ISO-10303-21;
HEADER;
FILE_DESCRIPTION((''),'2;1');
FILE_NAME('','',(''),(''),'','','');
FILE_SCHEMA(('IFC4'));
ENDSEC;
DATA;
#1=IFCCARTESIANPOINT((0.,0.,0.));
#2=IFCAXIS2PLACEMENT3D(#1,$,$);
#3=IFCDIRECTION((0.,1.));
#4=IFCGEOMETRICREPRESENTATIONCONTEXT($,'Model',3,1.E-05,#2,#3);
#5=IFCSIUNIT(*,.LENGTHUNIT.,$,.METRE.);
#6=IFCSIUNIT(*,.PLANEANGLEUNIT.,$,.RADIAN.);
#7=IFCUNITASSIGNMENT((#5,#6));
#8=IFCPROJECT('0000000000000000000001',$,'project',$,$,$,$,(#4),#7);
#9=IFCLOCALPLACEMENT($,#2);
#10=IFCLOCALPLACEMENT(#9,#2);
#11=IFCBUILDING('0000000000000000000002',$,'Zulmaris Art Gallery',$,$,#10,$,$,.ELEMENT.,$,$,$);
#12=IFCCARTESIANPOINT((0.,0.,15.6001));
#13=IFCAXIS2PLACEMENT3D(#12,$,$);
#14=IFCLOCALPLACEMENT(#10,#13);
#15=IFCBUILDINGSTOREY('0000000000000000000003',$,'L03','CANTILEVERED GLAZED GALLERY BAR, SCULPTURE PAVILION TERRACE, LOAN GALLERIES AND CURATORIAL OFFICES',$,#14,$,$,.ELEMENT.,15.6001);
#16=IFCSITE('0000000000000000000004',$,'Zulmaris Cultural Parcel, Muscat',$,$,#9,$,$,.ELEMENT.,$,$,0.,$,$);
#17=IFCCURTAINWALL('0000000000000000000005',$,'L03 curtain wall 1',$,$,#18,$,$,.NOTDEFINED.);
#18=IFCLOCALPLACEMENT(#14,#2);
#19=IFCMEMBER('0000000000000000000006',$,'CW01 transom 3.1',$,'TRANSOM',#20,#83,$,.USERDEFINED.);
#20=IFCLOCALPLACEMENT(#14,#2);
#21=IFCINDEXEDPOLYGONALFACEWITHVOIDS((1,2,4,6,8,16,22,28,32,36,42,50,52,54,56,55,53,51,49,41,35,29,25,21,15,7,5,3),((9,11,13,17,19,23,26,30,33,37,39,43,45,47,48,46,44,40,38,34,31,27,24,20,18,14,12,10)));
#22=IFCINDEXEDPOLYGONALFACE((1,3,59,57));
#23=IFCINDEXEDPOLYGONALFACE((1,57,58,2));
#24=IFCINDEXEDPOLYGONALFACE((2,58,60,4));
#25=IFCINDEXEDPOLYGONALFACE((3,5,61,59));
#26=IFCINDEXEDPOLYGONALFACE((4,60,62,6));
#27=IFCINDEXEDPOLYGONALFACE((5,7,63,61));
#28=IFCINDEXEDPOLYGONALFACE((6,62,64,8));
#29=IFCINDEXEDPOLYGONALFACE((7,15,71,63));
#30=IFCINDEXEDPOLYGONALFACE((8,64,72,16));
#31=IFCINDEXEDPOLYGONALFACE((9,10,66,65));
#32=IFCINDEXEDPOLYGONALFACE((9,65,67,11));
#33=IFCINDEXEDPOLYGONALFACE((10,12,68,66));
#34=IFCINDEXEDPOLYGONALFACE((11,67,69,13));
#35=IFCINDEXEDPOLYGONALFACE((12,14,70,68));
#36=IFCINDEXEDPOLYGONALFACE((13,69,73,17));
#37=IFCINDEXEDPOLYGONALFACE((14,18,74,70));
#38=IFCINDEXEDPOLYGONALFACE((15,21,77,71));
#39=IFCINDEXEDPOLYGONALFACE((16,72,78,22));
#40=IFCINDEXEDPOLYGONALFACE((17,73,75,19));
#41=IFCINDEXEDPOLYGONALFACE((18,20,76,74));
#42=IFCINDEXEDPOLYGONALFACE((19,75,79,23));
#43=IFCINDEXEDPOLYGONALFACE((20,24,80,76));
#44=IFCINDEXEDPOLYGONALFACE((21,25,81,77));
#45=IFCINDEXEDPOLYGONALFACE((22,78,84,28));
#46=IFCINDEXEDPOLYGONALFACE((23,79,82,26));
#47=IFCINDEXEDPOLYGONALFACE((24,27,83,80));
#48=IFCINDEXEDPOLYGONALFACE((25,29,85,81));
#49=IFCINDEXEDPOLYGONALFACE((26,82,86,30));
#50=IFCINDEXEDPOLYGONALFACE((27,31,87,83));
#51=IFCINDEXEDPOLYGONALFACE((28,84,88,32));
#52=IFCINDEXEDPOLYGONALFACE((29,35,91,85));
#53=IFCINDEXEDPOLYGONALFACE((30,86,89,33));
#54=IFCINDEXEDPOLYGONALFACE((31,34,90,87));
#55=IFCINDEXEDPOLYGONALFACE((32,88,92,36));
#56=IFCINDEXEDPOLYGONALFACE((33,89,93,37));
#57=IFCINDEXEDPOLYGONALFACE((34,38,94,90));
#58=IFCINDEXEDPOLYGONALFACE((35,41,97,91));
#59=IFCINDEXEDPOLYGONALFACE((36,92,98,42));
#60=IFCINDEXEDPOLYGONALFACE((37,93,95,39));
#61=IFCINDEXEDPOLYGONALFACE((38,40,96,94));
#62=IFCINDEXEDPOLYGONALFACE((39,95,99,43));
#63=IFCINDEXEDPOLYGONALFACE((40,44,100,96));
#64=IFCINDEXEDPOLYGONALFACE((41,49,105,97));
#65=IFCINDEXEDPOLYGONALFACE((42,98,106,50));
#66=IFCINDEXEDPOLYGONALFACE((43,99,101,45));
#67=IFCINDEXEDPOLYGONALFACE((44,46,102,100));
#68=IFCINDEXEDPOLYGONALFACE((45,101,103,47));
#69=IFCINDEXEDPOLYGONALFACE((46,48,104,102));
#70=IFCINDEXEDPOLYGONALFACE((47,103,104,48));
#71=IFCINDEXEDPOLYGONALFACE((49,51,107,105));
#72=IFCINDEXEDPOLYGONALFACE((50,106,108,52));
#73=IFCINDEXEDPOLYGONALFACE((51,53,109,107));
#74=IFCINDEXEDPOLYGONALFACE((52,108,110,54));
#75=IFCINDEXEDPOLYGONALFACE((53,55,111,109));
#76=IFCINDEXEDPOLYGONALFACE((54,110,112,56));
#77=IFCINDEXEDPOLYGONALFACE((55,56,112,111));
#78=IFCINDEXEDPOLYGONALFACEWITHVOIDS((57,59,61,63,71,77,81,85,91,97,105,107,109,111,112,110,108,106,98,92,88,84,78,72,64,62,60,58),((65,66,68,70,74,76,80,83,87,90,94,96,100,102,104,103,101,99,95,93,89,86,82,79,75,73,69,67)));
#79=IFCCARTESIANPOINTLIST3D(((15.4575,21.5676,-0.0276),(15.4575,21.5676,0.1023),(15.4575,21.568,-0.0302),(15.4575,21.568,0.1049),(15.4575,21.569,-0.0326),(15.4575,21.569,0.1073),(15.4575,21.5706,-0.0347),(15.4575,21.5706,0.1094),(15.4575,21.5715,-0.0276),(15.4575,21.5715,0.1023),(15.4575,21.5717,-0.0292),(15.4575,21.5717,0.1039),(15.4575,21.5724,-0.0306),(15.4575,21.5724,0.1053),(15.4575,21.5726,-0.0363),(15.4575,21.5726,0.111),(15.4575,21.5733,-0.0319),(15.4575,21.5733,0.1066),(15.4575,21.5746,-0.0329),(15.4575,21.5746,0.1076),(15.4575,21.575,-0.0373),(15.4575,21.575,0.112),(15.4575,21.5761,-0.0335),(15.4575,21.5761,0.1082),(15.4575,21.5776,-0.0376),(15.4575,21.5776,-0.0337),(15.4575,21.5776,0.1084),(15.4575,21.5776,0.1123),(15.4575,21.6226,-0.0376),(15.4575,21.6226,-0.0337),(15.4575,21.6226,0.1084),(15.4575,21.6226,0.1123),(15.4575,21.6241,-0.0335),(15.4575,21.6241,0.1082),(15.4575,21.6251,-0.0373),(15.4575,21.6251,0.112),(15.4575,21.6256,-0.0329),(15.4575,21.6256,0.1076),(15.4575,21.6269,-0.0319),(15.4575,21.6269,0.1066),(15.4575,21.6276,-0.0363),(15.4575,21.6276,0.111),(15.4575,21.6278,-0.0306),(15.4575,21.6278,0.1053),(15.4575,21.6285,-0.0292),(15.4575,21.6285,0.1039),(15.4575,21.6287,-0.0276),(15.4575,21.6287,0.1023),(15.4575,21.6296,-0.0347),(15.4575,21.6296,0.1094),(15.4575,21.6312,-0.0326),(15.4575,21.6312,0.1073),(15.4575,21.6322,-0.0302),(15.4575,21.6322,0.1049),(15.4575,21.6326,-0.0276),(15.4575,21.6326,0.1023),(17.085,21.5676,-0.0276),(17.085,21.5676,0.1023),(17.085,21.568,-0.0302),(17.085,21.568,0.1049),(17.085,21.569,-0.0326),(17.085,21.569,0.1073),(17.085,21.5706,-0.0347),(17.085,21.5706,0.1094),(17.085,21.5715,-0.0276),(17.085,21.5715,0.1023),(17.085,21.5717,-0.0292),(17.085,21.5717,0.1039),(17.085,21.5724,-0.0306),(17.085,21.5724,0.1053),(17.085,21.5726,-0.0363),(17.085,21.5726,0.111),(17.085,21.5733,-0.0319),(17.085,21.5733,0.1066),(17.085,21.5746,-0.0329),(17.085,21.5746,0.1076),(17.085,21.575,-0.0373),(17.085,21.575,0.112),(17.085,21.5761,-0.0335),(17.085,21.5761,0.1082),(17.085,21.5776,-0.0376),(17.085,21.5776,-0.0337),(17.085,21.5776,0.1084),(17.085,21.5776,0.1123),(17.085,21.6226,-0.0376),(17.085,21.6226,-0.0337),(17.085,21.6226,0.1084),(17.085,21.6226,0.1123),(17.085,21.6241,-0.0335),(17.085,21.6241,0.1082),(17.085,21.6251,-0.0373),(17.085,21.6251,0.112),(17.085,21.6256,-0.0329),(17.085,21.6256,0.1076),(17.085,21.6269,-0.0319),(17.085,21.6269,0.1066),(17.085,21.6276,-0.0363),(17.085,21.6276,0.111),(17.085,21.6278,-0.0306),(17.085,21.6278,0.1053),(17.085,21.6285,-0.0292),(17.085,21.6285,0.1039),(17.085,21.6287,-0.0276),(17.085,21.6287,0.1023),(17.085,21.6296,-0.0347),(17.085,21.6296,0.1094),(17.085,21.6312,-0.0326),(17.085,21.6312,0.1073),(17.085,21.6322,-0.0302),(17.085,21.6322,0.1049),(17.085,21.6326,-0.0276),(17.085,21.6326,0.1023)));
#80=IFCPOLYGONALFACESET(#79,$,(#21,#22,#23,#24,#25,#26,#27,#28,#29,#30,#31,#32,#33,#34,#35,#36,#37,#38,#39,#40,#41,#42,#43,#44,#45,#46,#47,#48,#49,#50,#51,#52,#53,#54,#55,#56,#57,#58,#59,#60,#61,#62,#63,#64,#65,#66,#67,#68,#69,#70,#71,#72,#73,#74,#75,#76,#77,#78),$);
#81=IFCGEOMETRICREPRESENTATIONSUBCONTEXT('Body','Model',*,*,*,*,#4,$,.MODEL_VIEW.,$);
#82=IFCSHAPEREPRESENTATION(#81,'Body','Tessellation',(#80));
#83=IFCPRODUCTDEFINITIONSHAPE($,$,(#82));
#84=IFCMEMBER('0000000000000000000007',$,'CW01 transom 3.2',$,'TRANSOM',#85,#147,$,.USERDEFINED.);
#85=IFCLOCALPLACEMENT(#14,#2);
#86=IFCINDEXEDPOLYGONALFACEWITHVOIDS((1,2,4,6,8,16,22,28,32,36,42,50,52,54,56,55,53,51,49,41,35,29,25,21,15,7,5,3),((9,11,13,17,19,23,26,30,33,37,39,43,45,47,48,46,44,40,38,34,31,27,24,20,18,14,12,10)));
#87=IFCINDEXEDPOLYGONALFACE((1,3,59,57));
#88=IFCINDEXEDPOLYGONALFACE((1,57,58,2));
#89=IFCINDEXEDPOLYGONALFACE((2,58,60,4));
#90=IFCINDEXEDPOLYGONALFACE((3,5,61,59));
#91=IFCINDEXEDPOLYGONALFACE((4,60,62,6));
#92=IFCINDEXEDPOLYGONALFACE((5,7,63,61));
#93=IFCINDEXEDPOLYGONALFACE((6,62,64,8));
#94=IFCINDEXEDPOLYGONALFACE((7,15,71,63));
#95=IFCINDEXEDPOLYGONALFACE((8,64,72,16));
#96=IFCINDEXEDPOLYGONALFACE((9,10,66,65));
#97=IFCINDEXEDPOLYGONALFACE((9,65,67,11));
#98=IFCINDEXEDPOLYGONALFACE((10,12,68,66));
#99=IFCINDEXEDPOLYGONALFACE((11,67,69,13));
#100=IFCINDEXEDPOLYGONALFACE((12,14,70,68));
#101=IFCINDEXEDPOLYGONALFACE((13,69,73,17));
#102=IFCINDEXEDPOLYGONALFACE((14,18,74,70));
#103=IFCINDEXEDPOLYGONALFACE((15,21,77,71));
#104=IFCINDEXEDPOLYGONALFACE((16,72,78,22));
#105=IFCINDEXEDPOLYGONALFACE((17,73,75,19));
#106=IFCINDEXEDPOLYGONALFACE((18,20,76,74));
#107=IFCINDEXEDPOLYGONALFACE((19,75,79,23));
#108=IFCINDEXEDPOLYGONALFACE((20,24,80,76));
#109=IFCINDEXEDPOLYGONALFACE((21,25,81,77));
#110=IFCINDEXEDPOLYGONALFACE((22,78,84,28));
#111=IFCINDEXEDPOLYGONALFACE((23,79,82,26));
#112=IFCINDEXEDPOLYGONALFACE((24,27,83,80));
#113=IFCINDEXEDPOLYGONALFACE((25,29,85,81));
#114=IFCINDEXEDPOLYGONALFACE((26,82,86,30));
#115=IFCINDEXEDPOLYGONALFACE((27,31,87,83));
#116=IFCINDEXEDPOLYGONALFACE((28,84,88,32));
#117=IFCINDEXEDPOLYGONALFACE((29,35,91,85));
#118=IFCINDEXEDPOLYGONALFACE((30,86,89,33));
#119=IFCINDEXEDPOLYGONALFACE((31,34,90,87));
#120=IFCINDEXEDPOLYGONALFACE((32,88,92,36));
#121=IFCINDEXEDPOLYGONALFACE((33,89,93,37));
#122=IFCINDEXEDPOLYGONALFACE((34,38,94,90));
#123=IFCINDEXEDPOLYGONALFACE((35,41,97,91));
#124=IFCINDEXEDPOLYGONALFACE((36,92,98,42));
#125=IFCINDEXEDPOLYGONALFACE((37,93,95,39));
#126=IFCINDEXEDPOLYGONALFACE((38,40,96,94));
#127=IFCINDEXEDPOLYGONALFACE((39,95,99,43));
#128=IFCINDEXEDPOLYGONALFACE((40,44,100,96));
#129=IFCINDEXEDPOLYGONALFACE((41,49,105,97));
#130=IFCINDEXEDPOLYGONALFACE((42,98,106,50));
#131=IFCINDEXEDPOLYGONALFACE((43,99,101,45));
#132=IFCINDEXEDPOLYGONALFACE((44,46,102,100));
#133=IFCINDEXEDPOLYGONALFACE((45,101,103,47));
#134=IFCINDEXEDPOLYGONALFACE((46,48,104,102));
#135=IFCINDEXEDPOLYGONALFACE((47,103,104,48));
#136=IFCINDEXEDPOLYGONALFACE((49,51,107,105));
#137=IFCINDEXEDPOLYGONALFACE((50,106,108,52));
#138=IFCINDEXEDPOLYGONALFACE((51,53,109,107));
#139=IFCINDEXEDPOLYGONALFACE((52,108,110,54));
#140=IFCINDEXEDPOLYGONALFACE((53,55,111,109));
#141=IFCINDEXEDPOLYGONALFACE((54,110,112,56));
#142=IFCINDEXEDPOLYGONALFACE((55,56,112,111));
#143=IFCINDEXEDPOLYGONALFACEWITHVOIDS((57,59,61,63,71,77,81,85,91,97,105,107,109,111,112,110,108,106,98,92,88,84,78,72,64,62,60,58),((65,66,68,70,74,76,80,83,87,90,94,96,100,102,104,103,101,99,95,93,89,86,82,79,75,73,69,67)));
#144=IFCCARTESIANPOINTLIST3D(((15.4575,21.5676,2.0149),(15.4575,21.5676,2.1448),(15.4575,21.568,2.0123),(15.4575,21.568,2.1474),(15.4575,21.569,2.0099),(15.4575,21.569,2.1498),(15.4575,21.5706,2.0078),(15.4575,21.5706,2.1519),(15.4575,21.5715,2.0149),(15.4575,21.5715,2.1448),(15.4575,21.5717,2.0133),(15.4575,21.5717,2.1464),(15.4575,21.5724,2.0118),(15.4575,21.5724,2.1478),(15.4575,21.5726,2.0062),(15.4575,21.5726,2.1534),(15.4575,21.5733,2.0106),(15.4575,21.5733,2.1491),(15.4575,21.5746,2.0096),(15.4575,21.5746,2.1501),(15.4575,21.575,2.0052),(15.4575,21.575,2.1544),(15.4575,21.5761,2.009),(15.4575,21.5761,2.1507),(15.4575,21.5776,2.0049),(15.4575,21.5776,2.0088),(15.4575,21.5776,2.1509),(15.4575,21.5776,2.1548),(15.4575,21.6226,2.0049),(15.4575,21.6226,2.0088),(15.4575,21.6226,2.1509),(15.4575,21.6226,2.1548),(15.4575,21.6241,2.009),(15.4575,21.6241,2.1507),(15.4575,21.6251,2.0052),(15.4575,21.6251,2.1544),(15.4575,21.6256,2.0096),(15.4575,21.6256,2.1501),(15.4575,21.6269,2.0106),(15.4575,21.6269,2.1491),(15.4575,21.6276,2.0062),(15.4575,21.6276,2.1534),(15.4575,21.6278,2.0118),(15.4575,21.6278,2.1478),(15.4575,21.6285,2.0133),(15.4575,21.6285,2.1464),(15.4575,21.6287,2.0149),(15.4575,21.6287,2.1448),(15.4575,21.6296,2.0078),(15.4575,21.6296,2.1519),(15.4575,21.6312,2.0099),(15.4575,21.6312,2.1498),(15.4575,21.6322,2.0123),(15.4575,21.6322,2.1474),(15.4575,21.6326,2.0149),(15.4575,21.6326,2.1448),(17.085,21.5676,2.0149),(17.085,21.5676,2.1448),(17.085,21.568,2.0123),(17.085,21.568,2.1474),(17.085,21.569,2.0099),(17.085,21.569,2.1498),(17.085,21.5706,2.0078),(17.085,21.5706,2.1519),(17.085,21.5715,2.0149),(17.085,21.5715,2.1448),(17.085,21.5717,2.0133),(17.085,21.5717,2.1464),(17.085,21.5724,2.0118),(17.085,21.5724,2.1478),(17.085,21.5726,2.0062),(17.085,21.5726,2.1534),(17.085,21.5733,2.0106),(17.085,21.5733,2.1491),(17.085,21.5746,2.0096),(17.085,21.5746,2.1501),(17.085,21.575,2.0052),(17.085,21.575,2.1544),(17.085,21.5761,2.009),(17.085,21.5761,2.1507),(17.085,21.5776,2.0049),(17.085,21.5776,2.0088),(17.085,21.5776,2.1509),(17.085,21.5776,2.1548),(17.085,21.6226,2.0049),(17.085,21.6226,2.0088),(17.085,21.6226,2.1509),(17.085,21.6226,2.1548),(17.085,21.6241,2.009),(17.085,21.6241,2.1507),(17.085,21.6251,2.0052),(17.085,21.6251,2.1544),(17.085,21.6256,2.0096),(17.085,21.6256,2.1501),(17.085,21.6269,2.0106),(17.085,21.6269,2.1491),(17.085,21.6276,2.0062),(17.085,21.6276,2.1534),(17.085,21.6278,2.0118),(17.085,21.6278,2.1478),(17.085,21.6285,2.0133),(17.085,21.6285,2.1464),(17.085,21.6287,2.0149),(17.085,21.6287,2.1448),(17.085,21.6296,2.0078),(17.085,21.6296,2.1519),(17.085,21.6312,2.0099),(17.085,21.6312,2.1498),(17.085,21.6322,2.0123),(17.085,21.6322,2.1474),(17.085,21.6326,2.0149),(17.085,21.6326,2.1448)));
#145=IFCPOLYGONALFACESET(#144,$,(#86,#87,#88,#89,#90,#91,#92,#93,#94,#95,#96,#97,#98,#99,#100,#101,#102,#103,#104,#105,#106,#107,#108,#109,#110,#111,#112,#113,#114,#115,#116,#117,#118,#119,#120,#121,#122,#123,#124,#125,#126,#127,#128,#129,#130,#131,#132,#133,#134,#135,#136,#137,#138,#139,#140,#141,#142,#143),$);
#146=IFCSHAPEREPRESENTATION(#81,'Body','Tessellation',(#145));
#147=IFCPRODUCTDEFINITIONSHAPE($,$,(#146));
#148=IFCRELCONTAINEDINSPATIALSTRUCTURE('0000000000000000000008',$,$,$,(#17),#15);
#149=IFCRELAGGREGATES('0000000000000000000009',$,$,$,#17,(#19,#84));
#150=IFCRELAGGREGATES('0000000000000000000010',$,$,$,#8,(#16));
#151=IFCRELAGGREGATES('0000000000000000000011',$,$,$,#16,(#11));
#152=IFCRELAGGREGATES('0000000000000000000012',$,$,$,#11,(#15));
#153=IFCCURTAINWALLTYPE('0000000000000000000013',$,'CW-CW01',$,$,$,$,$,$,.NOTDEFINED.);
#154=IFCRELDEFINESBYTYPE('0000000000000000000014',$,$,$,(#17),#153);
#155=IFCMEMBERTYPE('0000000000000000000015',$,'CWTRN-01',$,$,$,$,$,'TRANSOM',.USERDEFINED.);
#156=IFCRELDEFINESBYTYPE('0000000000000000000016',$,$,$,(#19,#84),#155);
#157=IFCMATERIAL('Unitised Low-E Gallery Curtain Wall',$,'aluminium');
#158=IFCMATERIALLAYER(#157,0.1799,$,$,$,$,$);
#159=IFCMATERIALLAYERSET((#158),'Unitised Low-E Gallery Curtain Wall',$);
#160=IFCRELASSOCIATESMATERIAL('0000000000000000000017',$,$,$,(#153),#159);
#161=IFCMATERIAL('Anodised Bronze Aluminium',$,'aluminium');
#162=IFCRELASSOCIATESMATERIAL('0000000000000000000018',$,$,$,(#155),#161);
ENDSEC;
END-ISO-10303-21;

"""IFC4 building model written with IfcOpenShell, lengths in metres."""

from ifc_helpers import new_model, si_unit, direction, frame, origin, origin_2d, place, context, subcontext, project, spatial, hollow_rectangle, extrude, material, layer, layer_set, material_profile, profile_set, type_object, element, aggregate, save


model = new_model("IFC4")

# Units and contexts
model_context = context("Model", 3, precision=1e-05, world=origin(), true_north=direction((0.0, 1.0)))
body_context = subcontext(model_context, "Body", "Model", "MODEL_VIEW")
ifc_project = project(units=[si_unit("LENGTHUNIT", "METRE"), si_unit("PLANEANGLEUNIT", "RADIAN")], contexts=[model_context])

# Site, building, storey
site_placement = place(None, origin())
site = spatial("IfcSite", under=ifc_project, at=site_placement, Name="Zulmaris Cultural Parcel, Muscat", CompositionType="ELEMENT", RefElevation=0.0)
building_placement = place(site_placement, origin())
building = spatial("IfcBuilding", under=site, at=building_placement, Name="Zulmaris Art Gallery", CompositionType="ELEMENT")
storey_placement = place(building_placement, frame((0.0, 0.0, 15.6001)))
storey = spatial("IfcBuildingStorey", under=building, at=storey_placement, Name="L03", Description="CANTILEVERED GLAZED GALLERY BAR, SCULPTURE PAVILION TERRACE, LOAN GALLERIES AND CURATORIAL OFFICES", CompositionType="ELEMENT", Elevation=15.6001)

# Curtain wall
ifc_material_1 = material(Name="Unitised Low-E Gallery Curtain Wall", Category="aluminium")
ifc_layer_1 = layer(ifc_material_1, 0.1799)
ifc_layer_set_1 = layer_set([ifc_layer_1], Name="Unitised Low-E Gallery Curtain Wall")
curtain_wall_type = type_object("IfcCurtainWallType", Name="CW-CW01", PredefinedType="NOTDEFINED", material=ifc_layer_set_1)
curtain_wall_1_placement = place(storey_placement, origin())
curtain_wall_1 = element("IfcCurtainWall", 1, at=curtain_wall_1_placement, inside=storey, type_object=curtain_wall_type, Name="L03 curtain wall 1", PredefinedType="NOTDEFINED")
ifc_material_2 = material(Name="Anodised Bronze Aluminium", Category="aluminium")

# Members
ifc_material_profile_1 = material_profile(ifc_material_2, hollow_rectangle(XDim=0.0649, YDim=0.1499, WallThickness=0.0039, InnerFilletRadius=0.0061, OuterFilletRadius=0.01, at=origin_2d()), Name="ALU 65x150x4")
ifc_profile_set_1 = profile_set([ifc_material_profile_1], Name="Anodised Bronze Aluminium")
member_type_1 = type_object("IfcMemberType", Name="CWTRN-01", ElementType="TRANSOM", PredefinedType="USERDEFINED", material=ifc_profile_set_1)
member_1_placement = place(storey_placement, frame((15.4575, 21.6001, 0.0374), z_axis=(1.0, 0.0, 0.0), x_axis=(0.0, 1.0, 0.0)))
member_1 = element("IfcMember", 2, at=member_1_placement, type_object=member_type_1, Name="CW01 transom 3.1", ObjectType="TRANSOM", PredefinedType="USERDEFINED", context=body_context, shape_type="SweptSolid", body=[
    extrude(hollow_rectangle(XDim=0.0649, YDim=0.1499, WallThickness=0.0039, InnerFilletRadius=0.0061, OuterFilletRadius=0.01, at=origin_2d()), origin(), (0.0, 0.0, 1.0), 1.6274),
])
member_2_placement = place(storey_placement, frame((15.4575, 21.6001, 2.0798), z_axis=(1.0, 0.0, 0.0), x_axis=(0.0, 1.0, 0.0)))
member_2 = element("IfcMember", 3, at=member_2_placement, type_object=member_type_1, Name="CW01 transom 3.2", ObjectType="TRANSOM", PredefinedType="USERDEFINED", context=body_context, shape_type="SweptSolid", body=[
    extrude(hollow_rectangle(XDim=0.0649, YDim=0.1499, WallThickness=0.0039, InnerFilletRadius=0.0061, OuterFilletRadius=0.01, at=origin_2d()), origin(), (0.0, 0.0, 1.0), 1.6274),
])

aggregate(curtain_wall_1, [member_1, member_2])

save(model, "model.ifc")
